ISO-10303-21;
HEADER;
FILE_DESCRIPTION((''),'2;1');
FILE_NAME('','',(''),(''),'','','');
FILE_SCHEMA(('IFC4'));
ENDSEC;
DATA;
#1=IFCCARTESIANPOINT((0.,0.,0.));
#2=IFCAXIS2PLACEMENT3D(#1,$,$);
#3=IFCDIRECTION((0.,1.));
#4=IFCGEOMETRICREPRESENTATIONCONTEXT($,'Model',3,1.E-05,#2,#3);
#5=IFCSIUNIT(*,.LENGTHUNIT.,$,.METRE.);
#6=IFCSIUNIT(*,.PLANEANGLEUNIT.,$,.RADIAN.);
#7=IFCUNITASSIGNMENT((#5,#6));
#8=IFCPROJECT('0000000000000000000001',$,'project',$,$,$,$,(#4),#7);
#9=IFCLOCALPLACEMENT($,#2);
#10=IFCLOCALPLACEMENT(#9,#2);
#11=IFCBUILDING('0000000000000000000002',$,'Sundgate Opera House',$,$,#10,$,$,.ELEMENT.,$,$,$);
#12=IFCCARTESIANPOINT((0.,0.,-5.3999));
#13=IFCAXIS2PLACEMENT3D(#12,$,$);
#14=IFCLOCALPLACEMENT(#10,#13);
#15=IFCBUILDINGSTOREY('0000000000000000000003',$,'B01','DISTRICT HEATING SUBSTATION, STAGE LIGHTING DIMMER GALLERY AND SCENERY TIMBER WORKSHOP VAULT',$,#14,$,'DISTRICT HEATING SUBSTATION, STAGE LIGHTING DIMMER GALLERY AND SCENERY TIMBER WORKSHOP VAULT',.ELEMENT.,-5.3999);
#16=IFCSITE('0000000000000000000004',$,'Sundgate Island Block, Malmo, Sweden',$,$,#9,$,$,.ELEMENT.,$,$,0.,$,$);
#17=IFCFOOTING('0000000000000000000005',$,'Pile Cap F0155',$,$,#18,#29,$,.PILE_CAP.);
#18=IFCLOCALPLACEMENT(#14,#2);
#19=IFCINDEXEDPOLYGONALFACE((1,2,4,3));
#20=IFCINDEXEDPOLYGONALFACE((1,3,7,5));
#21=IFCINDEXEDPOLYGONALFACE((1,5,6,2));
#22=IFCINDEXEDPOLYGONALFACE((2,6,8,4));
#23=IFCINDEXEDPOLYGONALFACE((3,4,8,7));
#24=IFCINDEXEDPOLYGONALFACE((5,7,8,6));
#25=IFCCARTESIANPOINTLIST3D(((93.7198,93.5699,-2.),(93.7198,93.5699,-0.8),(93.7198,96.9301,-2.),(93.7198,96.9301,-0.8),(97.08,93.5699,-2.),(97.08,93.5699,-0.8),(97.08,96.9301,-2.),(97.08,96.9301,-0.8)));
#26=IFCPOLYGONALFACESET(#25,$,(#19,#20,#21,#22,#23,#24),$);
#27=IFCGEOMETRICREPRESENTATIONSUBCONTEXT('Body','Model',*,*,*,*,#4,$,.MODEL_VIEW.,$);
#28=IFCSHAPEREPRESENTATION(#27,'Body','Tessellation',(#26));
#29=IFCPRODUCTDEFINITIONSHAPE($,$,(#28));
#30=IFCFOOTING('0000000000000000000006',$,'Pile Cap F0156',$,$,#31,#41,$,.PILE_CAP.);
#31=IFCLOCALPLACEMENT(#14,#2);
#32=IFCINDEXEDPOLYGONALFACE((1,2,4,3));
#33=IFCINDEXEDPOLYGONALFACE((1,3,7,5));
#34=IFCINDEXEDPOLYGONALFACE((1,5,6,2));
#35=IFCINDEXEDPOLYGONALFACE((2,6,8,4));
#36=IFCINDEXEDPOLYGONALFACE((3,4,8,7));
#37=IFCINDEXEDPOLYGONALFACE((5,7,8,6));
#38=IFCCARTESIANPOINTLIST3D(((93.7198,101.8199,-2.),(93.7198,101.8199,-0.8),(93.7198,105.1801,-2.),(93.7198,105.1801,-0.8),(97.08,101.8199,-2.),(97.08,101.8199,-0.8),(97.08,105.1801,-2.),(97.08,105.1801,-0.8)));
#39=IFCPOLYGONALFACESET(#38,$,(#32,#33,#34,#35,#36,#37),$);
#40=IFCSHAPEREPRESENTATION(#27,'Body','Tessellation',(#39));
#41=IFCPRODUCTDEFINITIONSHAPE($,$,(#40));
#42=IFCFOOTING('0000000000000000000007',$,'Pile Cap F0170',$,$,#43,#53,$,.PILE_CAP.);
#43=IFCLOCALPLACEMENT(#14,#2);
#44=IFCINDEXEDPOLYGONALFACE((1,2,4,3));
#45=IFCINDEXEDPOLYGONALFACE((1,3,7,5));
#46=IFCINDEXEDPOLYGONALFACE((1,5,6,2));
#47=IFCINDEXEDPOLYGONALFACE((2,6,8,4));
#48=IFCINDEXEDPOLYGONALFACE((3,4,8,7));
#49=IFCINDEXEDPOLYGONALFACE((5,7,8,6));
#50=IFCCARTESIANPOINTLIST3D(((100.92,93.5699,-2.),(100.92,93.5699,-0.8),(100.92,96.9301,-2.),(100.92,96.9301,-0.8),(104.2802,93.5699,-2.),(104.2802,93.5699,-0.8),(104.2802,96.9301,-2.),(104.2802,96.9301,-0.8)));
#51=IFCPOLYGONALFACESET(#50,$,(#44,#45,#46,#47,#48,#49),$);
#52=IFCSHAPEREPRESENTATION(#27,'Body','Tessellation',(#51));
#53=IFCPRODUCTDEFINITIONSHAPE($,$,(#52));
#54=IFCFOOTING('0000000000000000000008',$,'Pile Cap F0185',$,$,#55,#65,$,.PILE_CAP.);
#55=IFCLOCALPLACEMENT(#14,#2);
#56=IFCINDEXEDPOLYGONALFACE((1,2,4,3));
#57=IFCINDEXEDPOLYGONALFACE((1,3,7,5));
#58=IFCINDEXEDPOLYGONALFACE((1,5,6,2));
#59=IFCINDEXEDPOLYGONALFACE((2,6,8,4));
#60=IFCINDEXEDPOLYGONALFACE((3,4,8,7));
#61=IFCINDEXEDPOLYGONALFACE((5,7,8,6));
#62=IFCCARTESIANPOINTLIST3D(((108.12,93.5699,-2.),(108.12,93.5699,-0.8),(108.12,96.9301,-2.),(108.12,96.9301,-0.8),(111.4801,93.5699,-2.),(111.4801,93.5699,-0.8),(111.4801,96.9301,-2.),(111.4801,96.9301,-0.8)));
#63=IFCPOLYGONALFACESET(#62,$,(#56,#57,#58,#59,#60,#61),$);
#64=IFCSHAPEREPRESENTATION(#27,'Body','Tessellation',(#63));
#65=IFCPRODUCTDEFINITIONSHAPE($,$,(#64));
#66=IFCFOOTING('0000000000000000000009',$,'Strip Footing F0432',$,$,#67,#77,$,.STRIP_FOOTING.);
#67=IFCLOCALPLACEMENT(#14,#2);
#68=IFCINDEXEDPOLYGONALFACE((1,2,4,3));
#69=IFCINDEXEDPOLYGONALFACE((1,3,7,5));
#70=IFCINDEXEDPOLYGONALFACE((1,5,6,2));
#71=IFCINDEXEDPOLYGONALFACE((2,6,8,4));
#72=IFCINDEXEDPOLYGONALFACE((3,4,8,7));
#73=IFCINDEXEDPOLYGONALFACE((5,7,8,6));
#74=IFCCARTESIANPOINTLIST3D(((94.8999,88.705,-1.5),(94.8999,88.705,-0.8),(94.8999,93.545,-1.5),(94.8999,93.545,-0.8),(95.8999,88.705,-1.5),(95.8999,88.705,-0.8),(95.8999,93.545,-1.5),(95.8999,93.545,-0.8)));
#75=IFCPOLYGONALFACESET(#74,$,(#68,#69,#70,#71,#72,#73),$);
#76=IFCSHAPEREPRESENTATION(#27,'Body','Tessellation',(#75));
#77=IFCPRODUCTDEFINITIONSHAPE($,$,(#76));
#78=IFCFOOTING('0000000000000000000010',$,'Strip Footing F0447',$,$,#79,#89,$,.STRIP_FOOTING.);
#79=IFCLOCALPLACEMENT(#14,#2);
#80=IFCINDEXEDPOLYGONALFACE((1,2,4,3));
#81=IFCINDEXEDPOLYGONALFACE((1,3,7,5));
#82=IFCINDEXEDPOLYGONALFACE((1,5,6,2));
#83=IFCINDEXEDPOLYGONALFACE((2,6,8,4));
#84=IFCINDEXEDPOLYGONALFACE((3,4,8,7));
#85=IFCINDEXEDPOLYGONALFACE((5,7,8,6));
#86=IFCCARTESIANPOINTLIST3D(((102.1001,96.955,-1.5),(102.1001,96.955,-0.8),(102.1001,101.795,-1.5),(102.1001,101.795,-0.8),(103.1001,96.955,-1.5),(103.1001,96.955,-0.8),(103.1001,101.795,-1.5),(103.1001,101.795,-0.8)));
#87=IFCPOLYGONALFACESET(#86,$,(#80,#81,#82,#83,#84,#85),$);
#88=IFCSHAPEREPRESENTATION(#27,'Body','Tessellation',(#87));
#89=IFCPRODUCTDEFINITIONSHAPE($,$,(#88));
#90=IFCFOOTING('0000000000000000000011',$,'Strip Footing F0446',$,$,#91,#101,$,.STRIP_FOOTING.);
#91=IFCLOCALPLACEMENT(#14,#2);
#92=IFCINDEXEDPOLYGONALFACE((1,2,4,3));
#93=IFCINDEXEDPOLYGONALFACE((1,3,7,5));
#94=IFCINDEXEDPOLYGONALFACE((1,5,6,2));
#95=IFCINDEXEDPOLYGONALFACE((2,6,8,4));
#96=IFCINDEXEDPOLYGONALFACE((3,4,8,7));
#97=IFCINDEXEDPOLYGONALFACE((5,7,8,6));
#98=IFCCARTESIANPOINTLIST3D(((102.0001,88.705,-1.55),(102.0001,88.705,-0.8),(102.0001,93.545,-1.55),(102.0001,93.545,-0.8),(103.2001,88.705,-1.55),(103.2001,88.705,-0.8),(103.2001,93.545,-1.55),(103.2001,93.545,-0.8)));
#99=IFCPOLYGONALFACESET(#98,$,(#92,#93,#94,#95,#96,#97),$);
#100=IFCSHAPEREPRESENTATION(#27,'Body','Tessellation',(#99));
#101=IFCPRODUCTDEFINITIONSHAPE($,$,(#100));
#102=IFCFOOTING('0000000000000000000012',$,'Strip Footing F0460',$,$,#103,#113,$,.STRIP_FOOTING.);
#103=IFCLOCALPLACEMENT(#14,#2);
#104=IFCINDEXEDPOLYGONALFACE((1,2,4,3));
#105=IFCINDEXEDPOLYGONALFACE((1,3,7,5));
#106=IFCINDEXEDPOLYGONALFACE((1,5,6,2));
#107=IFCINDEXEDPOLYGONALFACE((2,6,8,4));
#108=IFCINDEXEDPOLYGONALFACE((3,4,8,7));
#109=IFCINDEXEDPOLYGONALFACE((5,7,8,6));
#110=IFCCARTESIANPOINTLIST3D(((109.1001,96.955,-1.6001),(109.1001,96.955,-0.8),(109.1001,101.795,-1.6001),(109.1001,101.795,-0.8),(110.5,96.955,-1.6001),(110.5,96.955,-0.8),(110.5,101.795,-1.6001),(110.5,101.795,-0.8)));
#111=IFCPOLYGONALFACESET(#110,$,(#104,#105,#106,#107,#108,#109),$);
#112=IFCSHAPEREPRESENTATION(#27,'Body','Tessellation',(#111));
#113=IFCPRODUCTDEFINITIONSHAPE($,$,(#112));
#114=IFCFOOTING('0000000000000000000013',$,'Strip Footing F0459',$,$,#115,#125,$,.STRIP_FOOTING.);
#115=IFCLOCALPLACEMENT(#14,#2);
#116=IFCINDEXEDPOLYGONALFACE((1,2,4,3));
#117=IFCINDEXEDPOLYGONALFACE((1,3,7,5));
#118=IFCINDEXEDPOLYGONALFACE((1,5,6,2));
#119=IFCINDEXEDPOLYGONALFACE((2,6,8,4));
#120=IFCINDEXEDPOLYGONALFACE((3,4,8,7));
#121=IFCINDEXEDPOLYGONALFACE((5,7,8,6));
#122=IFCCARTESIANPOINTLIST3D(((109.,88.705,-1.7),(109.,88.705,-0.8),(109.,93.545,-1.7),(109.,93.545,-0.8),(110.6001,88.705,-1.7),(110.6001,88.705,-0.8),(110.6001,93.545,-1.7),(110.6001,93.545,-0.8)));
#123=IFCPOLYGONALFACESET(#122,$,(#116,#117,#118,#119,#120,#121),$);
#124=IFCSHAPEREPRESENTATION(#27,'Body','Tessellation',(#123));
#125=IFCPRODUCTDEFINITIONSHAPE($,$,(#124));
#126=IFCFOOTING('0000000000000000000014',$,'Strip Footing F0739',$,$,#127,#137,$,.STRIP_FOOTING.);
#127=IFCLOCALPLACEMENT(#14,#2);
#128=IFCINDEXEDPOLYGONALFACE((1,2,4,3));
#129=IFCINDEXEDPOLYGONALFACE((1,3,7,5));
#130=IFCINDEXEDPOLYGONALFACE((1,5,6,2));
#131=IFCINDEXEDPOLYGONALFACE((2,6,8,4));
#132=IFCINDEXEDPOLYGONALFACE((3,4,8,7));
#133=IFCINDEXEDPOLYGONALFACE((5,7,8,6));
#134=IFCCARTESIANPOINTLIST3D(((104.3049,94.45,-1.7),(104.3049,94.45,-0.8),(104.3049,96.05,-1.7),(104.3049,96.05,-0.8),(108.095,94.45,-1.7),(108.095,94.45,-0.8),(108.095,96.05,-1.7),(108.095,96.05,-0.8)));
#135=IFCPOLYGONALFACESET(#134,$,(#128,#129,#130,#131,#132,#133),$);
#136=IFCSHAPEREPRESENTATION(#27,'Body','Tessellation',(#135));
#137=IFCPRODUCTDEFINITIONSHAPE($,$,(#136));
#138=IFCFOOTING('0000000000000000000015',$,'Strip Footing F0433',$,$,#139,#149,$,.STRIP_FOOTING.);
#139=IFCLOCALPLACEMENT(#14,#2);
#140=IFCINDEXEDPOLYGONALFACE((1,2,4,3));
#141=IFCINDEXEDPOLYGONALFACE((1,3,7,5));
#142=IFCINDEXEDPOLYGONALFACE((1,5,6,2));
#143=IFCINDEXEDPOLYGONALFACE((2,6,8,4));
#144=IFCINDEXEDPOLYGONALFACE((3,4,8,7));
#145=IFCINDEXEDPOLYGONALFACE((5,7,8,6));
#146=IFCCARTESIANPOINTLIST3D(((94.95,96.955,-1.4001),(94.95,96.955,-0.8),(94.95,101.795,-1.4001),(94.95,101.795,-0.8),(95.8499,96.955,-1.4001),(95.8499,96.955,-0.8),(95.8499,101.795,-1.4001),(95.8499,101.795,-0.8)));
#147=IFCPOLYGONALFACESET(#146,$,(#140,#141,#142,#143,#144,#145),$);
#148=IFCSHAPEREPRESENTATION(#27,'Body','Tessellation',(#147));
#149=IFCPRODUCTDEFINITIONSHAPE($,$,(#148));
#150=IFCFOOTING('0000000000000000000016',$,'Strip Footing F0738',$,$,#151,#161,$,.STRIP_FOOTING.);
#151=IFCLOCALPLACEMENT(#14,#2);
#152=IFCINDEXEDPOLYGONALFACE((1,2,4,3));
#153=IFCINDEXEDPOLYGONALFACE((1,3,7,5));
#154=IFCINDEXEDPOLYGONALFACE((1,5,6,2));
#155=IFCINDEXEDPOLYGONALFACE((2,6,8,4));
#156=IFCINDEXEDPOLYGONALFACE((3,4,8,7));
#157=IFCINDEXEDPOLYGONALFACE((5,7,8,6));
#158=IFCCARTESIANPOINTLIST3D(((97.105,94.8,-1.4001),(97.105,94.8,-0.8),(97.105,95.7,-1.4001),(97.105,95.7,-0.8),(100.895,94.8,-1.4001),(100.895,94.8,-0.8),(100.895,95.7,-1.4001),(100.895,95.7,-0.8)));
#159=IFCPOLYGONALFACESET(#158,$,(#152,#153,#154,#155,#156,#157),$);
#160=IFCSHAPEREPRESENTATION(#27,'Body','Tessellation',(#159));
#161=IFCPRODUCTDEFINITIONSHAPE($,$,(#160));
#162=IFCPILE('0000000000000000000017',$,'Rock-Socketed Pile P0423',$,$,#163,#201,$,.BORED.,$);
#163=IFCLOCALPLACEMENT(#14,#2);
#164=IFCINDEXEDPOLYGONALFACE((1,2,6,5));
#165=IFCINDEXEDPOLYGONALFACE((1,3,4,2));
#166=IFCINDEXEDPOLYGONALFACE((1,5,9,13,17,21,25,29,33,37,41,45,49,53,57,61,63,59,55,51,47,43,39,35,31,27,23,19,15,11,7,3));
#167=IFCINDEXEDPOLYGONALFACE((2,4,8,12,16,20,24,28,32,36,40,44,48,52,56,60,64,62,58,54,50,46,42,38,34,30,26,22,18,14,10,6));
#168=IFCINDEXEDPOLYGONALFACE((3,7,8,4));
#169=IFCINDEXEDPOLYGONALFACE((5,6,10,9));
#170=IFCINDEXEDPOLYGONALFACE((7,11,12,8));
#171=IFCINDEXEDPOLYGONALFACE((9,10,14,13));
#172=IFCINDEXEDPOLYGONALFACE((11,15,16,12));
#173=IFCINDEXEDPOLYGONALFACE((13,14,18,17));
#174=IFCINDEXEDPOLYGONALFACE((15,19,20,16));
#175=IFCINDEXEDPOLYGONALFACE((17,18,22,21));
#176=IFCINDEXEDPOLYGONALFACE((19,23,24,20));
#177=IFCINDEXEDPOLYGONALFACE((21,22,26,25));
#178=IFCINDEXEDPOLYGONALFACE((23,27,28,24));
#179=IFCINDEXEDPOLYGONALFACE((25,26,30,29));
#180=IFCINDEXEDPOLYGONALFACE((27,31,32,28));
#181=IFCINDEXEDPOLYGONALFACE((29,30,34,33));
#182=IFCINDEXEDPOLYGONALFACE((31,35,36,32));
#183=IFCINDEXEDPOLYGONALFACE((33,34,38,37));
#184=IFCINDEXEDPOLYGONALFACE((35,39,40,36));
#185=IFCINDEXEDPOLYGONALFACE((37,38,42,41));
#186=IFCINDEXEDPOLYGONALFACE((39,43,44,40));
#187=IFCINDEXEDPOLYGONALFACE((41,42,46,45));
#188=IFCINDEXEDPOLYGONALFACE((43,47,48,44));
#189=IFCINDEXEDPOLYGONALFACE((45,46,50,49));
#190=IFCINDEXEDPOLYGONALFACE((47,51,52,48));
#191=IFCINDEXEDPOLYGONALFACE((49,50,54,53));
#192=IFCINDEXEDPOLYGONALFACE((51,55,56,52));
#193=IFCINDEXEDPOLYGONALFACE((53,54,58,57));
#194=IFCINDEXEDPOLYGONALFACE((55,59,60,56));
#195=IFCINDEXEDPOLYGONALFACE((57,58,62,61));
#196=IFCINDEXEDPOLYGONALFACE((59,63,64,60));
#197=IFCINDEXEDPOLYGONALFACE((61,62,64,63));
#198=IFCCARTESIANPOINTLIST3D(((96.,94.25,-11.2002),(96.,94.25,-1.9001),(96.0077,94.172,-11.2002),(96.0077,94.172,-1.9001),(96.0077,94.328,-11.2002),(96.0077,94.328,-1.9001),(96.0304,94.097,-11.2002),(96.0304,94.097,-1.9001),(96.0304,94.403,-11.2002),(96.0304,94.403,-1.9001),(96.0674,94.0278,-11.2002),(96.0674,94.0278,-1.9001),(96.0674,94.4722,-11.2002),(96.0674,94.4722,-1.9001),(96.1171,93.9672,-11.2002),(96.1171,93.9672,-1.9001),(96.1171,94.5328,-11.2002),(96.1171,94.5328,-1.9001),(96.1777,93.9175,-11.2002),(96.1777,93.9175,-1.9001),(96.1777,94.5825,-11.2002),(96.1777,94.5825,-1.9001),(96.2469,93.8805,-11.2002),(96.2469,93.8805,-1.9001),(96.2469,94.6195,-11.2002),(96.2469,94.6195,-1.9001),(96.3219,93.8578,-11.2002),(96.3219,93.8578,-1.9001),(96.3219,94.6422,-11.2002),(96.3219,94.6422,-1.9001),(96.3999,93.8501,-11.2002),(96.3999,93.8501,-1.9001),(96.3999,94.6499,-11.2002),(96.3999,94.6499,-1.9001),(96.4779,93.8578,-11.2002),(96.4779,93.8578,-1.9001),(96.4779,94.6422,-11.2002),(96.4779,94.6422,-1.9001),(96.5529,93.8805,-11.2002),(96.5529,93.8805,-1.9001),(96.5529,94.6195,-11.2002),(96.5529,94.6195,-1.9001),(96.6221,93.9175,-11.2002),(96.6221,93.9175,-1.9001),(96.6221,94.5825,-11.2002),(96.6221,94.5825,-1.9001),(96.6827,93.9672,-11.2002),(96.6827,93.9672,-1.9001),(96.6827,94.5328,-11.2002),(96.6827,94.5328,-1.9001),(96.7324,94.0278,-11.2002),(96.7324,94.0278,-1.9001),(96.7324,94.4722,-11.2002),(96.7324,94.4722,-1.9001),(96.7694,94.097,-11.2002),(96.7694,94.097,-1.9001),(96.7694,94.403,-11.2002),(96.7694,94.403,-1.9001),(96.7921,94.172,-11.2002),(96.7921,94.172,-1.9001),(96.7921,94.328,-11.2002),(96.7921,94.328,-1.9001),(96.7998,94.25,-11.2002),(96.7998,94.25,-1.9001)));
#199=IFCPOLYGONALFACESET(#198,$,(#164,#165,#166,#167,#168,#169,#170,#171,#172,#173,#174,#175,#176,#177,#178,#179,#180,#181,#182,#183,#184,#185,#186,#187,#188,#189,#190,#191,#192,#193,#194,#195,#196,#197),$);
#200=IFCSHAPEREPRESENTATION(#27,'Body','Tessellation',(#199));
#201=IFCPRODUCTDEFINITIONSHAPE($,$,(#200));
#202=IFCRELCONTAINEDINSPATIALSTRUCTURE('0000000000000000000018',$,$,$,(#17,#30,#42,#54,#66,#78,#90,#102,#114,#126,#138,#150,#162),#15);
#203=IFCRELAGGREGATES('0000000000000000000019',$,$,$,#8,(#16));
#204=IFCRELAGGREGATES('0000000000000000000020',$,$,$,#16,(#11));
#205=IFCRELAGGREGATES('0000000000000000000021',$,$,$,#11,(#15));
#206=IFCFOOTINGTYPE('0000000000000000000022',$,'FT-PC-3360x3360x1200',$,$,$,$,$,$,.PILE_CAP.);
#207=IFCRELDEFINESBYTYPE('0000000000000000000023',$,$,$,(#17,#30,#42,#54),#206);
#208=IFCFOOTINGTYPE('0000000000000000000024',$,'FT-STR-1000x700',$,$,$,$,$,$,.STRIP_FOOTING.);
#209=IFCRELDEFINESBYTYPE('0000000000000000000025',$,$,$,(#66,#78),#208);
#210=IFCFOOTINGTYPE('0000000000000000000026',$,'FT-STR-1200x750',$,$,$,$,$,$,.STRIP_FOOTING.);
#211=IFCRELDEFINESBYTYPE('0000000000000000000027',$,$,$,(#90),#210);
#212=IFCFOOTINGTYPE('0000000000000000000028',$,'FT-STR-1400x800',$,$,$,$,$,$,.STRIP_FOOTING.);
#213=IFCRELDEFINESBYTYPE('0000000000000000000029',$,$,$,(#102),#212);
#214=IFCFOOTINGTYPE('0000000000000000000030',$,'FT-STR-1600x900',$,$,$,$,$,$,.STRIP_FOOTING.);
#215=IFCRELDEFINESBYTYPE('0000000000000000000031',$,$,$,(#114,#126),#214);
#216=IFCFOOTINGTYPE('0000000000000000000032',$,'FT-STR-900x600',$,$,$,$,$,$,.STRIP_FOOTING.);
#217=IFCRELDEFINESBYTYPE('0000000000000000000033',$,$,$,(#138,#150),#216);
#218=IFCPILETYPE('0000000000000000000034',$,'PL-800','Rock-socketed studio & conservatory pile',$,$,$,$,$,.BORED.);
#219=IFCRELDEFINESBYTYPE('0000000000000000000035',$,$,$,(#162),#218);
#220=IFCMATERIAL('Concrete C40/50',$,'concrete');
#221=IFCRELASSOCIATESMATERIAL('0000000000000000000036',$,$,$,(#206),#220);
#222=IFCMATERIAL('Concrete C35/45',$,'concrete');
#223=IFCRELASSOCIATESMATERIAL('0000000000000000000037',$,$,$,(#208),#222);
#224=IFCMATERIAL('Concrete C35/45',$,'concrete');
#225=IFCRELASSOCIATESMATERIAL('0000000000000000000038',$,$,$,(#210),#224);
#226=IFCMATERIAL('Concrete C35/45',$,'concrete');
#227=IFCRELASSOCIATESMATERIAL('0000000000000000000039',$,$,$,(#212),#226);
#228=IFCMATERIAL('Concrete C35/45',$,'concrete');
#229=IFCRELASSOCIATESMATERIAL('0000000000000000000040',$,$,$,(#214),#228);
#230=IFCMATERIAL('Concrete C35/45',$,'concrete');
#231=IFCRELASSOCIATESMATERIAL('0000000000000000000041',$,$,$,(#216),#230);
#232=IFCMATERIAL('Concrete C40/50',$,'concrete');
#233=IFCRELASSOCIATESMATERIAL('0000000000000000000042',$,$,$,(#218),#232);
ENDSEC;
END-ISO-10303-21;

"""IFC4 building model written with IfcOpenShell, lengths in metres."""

from ifc_helpers import new_model, si_unit, direction, frame, origin, origin_2d, place, context, subcontext, project, spatial, rectangle, circle, extrude, material, material_profile, profile_set, type_object, element, save


model = new_model("IFC4")

# Units and contexts
model_context = context("Model", 3, precision=1e-05, world=origin(), true_north=direction((0.0, 1.0)))
body_context = subcontext(model_context, "Body", "Model", "MODEL_VIEW")
ifc_project = project(units=[si_unit("LENGTHUNIT", "METRE"), si_unit("PLANEANGLEUNIT", "RADIAN")], contexts=[model_context])

# Site, building, storey
site_placement = place(None, origin())
site = spatial("IfcSite", under=ifc_project, at=site_placement, Name="Sundgate Island Block, Malmo, Sweden", CompositionType="ELEMENT", RefElevation=0.0)
building_placement = place(site_placement, origin())
building = spatial("IfcBuilding", under=site, at=building_placement, Name="Sundgate Opera House", CompositionType="ELEMENT")
storey_placement = place(building_placement, frame((0.0, 0.0, -5.3999)))
storey = spatial("IfcBuildingStorey", under=building, at=storey_placement, Name="B01", Description="DISTRICT HEATING SUBSTATION, STAGE LIGHTING DIMMER GALLERY AND SCENERY TIMBER WORKSHOP VAULT", LongName="DISTRICT HEATING SUBSTATION, STAGE LIGHTING DIMMER GALLERY AND SCENERY TIMBER WORKSHOP VAULT", CompositionType="ELEMENT", Elevation=-5.3999)

# Footings
ifc_material_1 = material(Name="Concrete C40/50", Category="concrete")
footing_type_1 = type_object("IfcFootingType", Name="FT-PC-3360x3360x1200", PredefinedType="PILE_CAP", material=ifc_material_1)
for number, where, z_axis, x_axis, name in (
    (1, (95.3999, 95.25, -2.0), (0.0, 0.0, 1.0), (1.0, 0.0, 0.0), "Pile Cap F0155"),
    (2, (95.3999, 103.5, -2.0), (0.0, 0.0, 1.0), (1.0, 0.0, 0.0), "Pile Cap F0156"),
    (3, (102.6001, 95.25, -2.0), (0.0, 0.0, 1.0), (1.0, 0.0, 0.0), "Pile Cap F0170"),
    (4, (109.8, 95.25, -2.0), (0.0, 0.0, 1.0), (1.0, 0.0, 0.0), "Pile Cap F0185"),
):
    element("IfcFooting", number, at=place(storey_placement, frame(where, z_axis=z_axis, x_axis=x_axis)), inside=storey, type_object=footing_type_1, Name=name, PredefinedType="PILE_CAP", context=body_context, shape_type="SweptSolid", body=[
        extrude(rectangle(XDim=3.3601, YDim=3.3601, at=origin_2d()), origin(), (0.0, 0.0, 1.0), 1.2),
    ])
ifc_material_2 = material(Name="Concrete C35/45", Category="concrete")
footing_type_2 = type_object("IfcFootingType", Name="FT-STR-1000x700", PredefinedType="STRIP_FOOTING", material=ifc_material_2)
for number, where, z_axis, x_axis, name in (
    (5, (95.3999, 91.125, -1.5), (0.0, 0.0, 1.0), (1.0, 0.0, 0.0), "Strip Footing F0432"),
    (6, (102.6001, 99.375, -1.5), (0.0, 0.0, 1.0), (1.0, 0.0, 0.0), "Strip Footing F0447"),
):
    element("IfcFooting", number, at=place(storey_placement, frame(where, z_axis=z_axis, x_axis=x_axis)), inside=storey, type_object=footing_type_2, Name=name, PredefinedType="STRIP_FOOTING", context=body_context, shape_type="SweptSolid", body=[
        extrude(rectangle(XDim=1.0, YDim=4.8401, at=origin_2d()), origin(), (0.0, 0.0, 1.0), 0.7),
    ])
ifc_material_3 = material(Name="Concrete C35/45", Category="concrete")
footing_type_3 = type_object("IfcFootingType", Name="FT-STR-1200x750", PredefinedType="STRIP_FOOTING", material=ifc_material_3)
footing_1_placement = place(storey_placement, frame((102.6001, 91.125, -1.55), z_axis=(0.0, 0.0, 1.0), x_axis=(1.0, 0.0, 0.0)))
element("IfcFooting", 7, at=footing_1_placement, inside=storey, type_object=footing_type_3, Name="Strip Footing F0446", PredefinedType="STRIP_FOOTING", context=body_context, shape_type="SweptSolid", body=[
    extrude(rectangle(XDim=1.2, YDim=4.8401, at=origin_2d()), origin(), (0.0, 0.0, 1.0), 0.75),
])
ifc_material_4 = material(Name="Concrete C35/45", Category="concrete")
footing_type_4 = type_object("IfcFootingType", Name="FT-STR-1400x800", PredefinedType="STRIP_FOOTING", material=ifc_material_4)
footing_2_placement = place(storey_placement, frame((109.8, 99.375, -1.6001), z_axis=(0.0, 0.0, 1.0), x_axis=(1.0, 0.0, 0.0)))
element("IfcFooting", 8, at=footing_2_placement, inside=storey, type_object=footing_type_4, Name="Strip Footing F0460", PredefinedType="STRIP_FOOTING", context=body_context, shape_type="SweptSolid", body=[
    extrude(rectangle(XDim=1.3999, YDim=4.8401, at=origin_2d()), origin(), (0.0, 0.0, 1.0), 0.8),
])
ifc_material_5 = material(Name="Concrete C35/45", Category="concrete")
footing_type_5 = type_object("IfcFootingType", Name="FT-STR-1600x900", PredefinedType="STRIP_FOOTING", material=ifc_material_5)
footing_3_placement = place(storey_placement, frame((109.8, 91.125, -1.7), z_axis=(0.0, 0.0, 1.0), x_axis=(1.0, 0.0, 0.0)))
element("IfcFooting", 9, at=footing_3_placement, inside=storey, type_object=footing_type_5, Name="Strip Footing F0459", PredefinedType="STRIP_FOOTING", context=body_context, shape_type="SweptSolid", body=[
    extrude(rectangle(XDim=1.6001, YDim=4.8401, at=origin_2d()), origin(), (0.0, 0.0, 1.0), 0.8999),
])
footing_4_placement = place(storey_placement, frame((106.2, 95.25, -1.7), z_axis=(0.0, 0.0, 1.0), x_axis=(1.0, 0.0, 0.0)))
element("IfcFooting", 10, at=footing_4_placement, inside=storey, type_object=footing_type_5, Name="Strip Footing F0739", PredefinedType="STRIP_FOOTING", context=body_context, shape_type="SweptSolid", body=[
    extrude(rectangle(XDim=3.79, YDim=1.6001, at=origin_2d()), origin(), (0.0, 0.0, 1.0), 0.8999),
])
ifc_material_6 = material(Name="Concrete C35/45", Category="concrete")
footing_type_6 = type_object("IfcFootingType", Name="FT-STR-900x600", PredefinedType="STRIP_FOOTING", material=ifc_material_6)
footing_5_placement = place(storey_placement, frame((95.3999, 99.375, -1.4001), z_axis=(0.0, 0.0, 1.0), x_axis=(1.0, 0.0, 0.0)))
element("IfcFooting", 11, at=footing_5_placement, inside=storey, type_object=footing_type_6, Name="Strip Footing F0433", PredefinedType="STRIP_FOOTING", context=body_context, shape_type="SweptSolid", body=[
    extrude(rectangle(XDim=0.8999, YDim=4.8401, at=origin_2d()), origin(), (0.0, 0.0, 1.0), 0.6001),
])
footing_6_placement = place(storey_placement, frame((99.0, 95.25, -1.4001), z_axis=(0.0, 0.0, 1.0), x_axis=(1.0, 0.0, 0.0)))
element("IfcFooting", 12, at=footing_6_placement, inside=storey, type_object=footing_type_6, Name="Strip Footing F0738", PredefinedType="STRIP_FOOTING", context=body_context, shape_type="SweptSolid", body=[
    extrude(rectangle(XDim=3.79, YDim=0.8999, at=origin_2d()), origin(), (0.0, 0.0, 1.0), 0.6001),
])

# Pile
ifc_material_7 = material(Name="Concrete C40/50", Category="concrete")
ifc_material_profile_1 = material_profile(ifc_material_7, circle(Radius=0.3999, at=origin_2d()), Name="PILE D800")
ifc_profile_set_1 = profile_set([ifc_material_profile_1], Name="Concrete C40/50")
pile_type = type_object("IfcPileType", Name="PL-800", Description="Rock-socketed studio & conservatory pile", PredefinedType="BORED", material=ifc_profile_set_1)
for number, where, z_axis, x_axis, name in (
    (13, (96.3999, 94.25, -1.9001), (0.0, 0.0, -1.0), (1.0, 0.0, 0.0), "Rock-Socketed Pile P0423"),
):
    element("IfcPile", number, at=place(storey_placement, frame(where, z_axis=z_axis, x_axis=x_axis)), inside=storey, type_object=pile_type, Name=name, PredefinedType="BORED", context=body_context, shape_type="SweptSolid", body=[
        extrude(circle(Radius=0.3999, at=origin_2d()), origin(), (0.0, 0.0, 1.0), 9.3),
    ])

save(model, "model.ifc")
